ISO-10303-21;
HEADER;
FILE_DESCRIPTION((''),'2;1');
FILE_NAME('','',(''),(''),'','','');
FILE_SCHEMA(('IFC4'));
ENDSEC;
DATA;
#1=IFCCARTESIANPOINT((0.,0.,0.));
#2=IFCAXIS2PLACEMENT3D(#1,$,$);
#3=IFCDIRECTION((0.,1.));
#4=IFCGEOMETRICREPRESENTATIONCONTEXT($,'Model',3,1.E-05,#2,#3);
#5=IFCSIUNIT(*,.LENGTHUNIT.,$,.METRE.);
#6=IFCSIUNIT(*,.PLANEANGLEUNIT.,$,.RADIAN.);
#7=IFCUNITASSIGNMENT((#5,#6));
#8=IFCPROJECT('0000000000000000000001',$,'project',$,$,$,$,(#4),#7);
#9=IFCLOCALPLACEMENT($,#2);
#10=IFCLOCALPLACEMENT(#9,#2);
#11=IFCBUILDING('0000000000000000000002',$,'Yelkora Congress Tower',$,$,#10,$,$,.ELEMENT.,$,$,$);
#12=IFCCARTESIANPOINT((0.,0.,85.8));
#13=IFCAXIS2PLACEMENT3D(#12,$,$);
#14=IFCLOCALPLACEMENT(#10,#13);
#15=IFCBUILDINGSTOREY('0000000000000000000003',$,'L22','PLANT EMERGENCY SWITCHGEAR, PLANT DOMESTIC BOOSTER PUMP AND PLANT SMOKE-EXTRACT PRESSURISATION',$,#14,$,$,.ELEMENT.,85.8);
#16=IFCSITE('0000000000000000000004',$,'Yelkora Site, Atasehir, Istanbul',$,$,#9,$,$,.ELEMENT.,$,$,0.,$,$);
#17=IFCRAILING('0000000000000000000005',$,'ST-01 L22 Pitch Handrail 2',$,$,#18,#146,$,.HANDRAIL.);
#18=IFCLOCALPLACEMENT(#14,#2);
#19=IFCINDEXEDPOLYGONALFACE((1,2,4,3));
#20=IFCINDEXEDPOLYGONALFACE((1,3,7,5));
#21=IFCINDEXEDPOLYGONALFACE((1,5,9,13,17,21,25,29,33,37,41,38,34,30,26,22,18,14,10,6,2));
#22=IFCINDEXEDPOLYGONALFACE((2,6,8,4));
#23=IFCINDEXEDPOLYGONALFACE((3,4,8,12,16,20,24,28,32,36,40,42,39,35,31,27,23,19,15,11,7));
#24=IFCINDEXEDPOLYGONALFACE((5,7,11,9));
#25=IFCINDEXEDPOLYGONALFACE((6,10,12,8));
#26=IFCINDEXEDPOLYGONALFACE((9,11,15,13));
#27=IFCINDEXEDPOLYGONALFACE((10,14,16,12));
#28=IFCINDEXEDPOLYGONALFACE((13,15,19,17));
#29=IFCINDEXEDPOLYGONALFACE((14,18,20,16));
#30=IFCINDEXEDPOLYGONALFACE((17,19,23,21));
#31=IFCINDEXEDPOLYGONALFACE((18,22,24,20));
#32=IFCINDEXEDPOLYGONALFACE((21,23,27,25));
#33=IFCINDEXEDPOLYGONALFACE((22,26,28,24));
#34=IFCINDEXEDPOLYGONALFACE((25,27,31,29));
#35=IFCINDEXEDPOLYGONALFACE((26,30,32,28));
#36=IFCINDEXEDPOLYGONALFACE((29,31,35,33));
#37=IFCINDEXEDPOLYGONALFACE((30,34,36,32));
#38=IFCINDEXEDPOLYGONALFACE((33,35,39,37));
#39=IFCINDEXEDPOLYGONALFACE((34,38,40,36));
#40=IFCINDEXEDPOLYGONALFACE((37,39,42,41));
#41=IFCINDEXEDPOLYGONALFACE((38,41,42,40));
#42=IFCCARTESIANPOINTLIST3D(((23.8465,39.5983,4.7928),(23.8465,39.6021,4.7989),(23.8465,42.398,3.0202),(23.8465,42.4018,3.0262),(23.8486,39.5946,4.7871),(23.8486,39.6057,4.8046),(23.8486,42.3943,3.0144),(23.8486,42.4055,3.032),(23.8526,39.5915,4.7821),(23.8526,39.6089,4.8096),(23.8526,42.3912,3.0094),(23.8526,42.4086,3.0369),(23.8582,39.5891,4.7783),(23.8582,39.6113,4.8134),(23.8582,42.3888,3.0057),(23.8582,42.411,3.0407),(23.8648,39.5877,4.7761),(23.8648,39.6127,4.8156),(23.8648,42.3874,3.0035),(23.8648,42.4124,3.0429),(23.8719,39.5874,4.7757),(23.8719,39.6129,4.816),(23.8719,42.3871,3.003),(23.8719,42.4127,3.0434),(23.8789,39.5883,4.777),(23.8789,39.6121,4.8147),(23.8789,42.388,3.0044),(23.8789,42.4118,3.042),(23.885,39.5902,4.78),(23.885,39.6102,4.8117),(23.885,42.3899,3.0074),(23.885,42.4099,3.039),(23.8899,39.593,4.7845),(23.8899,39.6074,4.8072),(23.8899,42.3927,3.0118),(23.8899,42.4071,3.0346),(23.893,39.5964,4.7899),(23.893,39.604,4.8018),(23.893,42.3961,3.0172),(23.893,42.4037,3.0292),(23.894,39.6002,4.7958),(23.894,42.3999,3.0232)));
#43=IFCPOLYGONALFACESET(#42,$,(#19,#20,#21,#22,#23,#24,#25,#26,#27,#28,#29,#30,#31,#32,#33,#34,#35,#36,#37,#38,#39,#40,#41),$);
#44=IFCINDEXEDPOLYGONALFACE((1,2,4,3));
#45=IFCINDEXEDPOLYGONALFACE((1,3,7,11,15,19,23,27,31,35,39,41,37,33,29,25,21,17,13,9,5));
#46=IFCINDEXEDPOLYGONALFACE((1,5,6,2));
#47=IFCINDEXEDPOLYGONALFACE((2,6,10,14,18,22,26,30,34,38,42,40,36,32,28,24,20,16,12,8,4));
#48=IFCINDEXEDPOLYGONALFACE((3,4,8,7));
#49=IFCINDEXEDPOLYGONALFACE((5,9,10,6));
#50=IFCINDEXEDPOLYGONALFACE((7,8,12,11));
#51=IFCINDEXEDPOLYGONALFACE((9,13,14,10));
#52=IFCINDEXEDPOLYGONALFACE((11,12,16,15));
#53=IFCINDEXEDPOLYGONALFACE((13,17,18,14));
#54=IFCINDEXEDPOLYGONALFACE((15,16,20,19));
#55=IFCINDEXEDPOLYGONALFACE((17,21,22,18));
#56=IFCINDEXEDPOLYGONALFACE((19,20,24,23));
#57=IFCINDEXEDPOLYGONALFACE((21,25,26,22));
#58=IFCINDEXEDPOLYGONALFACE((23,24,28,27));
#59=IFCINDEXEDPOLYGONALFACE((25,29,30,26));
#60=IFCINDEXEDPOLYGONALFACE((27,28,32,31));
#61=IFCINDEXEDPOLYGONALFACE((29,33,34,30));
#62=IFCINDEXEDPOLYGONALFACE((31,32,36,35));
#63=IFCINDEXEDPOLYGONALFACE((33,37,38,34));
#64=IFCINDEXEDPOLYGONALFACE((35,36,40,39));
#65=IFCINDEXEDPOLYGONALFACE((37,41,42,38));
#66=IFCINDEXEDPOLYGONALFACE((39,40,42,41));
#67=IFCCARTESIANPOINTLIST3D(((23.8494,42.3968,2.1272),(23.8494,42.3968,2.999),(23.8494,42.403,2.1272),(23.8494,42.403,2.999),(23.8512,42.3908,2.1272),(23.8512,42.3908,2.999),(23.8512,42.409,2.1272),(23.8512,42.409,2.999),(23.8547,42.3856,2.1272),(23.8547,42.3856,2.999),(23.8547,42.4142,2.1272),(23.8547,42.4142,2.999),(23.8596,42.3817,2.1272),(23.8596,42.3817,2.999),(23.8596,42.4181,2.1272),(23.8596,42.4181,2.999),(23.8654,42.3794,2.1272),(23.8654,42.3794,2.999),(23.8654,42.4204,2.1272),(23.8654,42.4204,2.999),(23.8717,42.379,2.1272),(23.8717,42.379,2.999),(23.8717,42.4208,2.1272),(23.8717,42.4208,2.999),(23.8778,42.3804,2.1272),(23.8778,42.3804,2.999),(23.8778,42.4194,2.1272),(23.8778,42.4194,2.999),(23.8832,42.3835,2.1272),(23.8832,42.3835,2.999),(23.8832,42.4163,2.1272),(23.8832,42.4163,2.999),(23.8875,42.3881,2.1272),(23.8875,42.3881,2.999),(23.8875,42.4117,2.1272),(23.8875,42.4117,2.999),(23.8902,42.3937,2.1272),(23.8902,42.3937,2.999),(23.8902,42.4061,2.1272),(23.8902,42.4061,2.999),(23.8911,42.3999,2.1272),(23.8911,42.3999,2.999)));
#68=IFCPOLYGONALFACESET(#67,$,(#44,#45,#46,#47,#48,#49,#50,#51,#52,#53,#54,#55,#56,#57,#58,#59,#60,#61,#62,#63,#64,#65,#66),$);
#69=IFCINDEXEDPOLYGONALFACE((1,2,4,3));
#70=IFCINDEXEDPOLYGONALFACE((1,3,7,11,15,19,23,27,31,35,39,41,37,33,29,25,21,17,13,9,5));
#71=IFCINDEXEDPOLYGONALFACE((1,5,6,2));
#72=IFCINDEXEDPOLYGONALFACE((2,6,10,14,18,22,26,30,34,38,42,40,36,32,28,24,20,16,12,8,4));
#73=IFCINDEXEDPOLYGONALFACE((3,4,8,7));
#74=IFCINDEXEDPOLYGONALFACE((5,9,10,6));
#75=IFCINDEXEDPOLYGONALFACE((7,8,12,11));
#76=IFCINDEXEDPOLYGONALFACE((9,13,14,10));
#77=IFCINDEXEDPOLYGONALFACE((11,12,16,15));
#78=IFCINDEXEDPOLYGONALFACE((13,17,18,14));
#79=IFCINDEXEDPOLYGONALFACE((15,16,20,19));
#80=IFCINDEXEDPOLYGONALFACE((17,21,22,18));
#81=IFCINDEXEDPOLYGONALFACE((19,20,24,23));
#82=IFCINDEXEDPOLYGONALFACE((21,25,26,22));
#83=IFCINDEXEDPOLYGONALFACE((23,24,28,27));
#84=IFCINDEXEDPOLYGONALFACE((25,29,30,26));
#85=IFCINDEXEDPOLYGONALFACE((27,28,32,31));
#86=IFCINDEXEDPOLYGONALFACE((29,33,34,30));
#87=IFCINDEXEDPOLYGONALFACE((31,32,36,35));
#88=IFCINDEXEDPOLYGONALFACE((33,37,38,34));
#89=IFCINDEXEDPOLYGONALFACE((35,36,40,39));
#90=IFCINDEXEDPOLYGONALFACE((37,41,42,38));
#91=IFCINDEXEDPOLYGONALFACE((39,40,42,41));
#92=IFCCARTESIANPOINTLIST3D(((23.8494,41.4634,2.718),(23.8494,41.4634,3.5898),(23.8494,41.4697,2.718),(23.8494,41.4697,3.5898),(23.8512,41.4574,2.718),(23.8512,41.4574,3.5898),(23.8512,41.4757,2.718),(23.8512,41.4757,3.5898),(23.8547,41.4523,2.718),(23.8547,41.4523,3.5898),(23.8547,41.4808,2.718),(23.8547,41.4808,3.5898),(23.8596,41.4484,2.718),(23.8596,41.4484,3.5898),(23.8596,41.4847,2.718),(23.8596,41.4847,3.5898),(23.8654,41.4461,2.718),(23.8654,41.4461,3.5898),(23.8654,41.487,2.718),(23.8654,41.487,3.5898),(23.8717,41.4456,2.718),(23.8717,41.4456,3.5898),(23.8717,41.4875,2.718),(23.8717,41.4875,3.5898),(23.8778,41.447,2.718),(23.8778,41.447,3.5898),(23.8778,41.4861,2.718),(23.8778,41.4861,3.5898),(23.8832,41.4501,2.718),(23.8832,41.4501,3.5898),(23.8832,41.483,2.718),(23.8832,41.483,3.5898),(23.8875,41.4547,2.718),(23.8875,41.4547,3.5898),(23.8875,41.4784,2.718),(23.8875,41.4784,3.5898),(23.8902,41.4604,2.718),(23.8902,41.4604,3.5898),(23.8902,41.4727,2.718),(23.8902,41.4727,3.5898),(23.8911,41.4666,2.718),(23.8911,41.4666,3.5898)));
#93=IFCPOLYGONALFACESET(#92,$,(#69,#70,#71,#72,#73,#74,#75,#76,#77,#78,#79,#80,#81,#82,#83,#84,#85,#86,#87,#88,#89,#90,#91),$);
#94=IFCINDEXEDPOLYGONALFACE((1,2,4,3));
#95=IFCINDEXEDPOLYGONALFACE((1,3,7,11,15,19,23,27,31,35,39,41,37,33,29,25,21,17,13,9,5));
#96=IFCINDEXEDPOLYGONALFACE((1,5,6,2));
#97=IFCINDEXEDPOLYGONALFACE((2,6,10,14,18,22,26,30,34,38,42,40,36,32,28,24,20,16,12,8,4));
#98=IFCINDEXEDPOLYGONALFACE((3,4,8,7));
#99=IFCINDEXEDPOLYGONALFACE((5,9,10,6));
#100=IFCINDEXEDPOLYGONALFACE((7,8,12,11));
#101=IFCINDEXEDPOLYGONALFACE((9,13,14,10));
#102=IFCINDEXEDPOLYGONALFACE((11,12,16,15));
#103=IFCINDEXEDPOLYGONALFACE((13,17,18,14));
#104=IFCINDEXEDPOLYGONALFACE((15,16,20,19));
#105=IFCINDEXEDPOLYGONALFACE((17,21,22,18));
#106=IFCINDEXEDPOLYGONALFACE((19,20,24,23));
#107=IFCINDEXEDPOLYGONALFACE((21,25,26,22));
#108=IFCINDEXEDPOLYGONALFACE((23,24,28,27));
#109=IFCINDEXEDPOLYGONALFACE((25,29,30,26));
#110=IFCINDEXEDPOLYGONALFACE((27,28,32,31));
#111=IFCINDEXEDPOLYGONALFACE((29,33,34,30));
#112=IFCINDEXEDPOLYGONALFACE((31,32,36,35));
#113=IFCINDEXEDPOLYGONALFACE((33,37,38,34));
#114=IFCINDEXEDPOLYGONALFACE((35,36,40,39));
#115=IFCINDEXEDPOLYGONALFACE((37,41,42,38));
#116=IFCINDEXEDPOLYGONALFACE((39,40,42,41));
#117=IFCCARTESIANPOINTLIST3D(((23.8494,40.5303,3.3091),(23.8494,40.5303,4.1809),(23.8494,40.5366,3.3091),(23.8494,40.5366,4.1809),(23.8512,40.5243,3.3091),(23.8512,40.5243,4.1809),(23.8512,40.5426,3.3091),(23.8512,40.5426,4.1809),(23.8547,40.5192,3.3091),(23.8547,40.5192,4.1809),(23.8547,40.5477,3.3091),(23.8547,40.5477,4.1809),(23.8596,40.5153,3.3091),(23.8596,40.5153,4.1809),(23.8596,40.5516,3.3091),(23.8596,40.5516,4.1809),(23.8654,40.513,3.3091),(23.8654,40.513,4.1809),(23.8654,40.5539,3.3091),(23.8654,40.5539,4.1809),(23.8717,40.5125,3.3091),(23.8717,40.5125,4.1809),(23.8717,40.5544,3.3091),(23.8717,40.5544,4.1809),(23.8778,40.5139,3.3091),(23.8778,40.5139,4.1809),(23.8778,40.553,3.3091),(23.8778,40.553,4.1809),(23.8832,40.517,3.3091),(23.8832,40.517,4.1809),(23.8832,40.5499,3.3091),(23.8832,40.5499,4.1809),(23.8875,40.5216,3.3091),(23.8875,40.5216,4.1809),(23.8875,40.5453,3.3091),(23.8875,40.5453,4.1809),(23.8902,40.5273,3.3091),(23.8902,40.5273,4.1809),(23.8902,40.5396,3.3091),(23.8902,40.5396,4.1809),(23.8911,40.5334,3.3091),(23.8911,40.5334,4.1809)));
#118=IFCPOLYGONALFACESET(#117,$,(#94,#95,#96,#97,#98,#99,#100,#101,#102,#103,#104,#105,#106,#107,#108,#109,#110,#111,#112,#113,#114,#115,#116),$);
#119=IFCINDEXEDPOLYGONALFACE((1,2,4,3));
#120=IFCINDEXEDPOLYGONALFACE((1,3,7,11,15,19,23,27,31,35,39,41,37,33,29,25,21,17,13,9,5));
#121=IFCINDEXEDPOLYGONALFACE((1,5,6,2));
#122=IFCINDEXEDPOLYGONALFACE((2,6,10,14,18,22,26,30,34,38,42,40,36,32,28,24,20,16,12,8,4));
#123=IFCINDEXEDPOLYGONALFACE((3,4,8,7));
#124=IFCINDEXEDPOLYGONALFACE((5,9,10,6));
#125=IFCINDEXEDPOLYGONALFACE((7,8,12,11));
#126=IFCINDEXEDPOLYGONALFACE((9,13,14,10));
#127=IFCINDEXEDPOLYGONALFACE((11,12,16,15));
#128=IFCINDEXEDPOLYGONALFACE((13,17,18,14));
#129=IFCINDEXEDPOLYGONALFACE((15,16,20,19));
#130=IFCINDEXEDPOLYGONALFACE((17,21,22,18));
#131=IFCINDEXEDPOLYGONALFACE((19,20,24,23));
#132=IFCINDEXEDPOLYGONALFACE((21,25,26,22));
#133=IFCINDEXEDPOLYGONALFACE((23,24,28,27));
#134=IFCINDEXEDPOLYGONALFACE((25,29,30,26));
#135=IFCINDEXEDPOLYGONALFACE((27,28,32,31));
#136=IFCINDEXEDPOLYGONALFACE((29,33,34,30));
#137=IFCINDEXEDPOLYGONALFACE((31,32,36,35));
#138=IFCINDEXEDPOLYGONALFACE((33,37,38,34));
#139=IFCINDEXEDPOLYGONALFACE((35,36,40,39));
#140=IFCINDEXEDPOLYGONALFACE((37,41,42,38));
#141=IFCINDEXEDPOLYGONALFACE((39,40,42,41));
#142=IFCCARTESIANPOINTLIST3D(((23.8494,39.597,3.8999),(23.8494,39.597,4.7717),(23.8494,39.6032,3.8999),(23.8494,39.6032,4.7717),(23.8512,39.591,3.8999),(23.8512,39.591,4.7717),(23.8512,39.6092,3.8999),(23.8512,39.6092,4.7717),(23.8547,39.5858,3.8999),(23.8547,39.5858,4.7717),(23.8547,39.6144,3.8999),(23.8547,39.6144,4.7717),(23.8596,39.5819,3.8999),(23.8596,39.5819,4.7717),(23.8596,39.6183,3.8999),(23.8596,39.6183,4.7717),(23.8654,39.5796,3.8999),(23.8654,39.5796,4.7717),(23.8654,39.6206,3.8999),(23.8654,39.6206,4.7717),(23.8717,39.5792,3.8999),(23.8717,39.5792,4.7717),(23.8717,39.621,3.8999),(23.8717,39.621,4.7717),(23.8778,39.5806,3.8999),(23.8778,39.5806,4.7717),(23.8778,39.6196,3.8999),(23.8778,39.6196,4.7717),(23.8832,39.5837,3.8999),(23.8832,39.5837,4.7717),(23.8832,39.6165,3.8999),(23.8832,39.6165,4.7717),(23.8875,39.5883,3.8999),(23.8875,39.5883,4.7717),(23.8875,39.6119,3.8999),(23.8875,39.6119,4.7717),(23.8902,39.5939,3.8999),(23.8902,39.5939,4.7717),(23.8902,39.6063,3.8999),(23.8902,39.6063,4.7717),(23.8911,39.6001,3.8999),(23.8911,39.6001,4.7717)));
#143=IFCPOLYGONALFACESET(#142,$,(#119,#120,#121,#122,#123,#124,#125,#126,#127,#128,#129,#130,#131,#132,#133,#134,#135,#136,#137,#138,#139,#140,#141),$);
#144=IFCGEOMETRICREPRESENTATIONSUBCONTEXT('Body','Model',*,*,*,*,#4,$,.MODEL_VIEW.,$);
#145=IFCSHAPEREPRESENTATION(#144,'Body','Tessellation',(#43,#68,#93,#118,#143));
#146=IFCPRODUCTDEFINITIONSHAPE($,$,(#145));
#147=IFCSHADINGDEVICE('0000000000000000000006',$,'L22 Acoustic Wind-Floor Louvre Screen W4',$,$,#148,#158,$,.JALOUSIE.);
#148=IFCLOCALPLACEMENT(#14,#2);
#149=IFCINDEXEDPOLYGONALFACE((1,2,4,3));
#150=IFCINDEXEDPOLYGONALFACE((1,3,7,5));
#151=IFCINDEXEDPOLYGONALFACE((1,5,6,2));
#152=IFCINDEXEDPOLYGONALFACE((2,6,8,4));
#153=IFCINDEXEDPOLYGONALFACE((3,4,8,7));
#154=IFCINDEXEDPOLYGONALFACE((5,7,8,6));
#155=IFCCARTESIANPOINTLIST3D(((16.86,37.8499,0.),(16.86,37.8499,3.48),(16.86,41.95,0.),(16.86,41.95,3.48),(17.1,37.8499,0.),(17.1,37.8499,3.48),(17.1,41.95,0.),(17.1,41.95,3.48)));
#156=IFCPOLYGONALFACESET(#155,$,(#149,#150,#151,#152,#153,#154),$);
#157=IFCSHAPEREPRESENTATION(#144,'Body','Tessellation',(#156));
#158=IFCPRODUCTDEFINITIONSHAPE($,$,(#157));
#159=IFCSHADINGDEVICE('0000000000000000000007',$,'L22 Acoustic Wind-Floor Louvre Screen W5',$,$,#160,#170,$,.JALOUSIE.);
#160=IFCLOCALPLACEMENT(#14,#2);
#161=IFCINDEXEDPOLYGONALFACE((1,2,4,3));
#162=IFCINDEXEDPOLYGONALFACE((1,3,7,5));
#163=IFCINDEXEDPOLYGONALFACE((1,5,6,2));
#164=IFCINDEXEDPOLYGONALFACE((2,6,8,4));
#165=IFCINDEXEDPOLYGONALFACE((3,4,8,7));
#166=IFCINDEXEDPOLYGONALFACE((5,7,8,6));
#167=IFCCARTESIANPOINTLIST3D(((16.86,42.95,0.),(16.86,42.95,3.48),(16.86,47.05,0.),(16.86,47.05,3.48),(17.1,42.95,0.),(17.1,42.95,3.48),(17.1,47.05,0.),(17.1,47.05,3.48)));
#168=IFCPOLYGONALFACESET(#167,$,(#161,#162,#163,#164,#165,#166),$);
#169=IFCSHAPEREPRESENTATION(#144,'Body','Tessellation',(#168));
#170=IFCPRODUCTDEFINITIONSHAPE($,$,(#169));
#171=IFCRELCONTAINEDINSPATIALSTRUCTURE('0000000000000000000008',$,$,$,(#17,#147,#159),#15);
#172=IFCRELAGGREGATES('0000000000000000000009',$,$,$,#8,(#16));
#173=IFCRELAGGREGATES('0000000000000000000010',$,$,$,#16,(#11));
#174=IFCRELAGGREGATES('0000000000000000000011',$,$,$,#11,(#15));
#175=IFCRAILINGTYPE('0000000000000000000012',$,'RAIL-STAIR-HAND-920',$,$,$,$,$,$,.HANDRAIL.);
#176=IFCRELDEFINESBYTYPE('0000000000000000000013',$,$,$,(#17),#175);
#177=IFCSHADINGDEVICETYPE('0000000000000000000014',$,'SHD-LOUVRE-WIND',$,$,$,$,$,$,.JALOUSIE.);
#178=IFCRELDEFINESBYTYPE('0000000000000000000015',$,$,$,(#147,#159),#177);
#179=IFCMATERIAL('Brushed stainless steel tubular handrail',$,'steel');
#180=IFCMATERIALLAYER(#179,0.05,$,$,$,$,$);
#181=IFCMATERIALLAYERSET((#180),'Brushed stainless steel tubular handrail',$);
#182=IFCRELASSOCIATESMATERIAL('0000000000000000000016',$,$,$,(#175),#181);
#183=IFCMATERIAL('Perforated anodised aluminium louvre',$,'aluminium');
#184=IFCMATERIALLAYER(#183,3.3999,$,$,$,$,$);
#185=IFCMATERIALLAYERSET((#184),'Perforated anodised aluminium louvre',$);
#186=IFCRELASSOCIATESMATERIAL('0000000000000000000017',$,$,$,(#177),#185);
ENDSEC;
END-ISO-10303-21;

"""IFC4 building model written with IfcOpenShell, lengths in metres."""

from ifc_helpers import new_model, si_unit, direction, frame, origin, origin_2d, place, context, subcontext, project, spatial, rectangle, circle, extrude, material, layer, layer_set, type_object, element, save


model = new_model("IFC4")

# Units and contexts
model_context = context("Model", 3, precision=1e-05, world=origin(), true_north=direction((0.0, 1.0)))
body_context = subcontext(model_context, "Body", "Model", "MODEL_VIEW")
ifc_project = project(units=[si_unit("LENGTHUNIT", "METRE"), si_unit("PLANEANGLEUNIT", "RADIAN")], contexts=[model_context])

# Site, building, storey
site_placement = place(None, origin())
site = spatial("IfcSite", under=ifc_project, at=site_placement, Name="Yelkora Site, Atasehir, Istanbul", CompositionType="ELEMENT", RefElevation=0.0)
building_placement = place(site_placement, origin())
building = spatial("IfcBuilding", under=site, at=building_placement, Name="Yelkora Congress Tower", CompositionType="ELEMENT")
storey_placement = place(building_placement, frame((0.0, 0.0, 85.8)))
storey = spatial("IfcBuildingStorey", under=building, at=storey_placement, Name="L22", Description="PLANT EMERGENCY SWITCHGEAR, PLANT DOMESTIC BOOSTER PUMP AND PLANT SMOKE-EXTRACT PRESSURISATION", CompositionType="ELEMENT", Elevation=85.8)

# Railing
ifc_material_1 = material(Name="Brushed stainless steel tubular handrail", Category="steel")
ifc_layer_1 = layer(ifc_material_1, 0.05)
ifc_layer_set_1 = layer_set([ifc_layer_1], Name="Brushed stainless steel tubular handrail")
railing_type_1 = type_object("IfcRailingType", Name="RAIL-STAIR-HAND-920", PredefinedType="HANDRAIL", material=ifc_layer_set_1)
railing_1_placement = place(storey_placement, frame((23.8701, 42.3999, 2.1272)))
element("IfcRailing", 1, at=railing_1_placement, inside=storey, type_object=railing_type_1, Name="ST-01 L22 Pitch Handrail 2", PredefinedType="HANDRAIL", context=body_context, shape_type="SweptSolid", body=[
    extrude(circle(Radius=0.0239, at=origin_2d()), frame((0.0, 0.0, 0.896), z_axis=(0.0, -0.844888, 0.534943), x_axis=(1.0, 0.0, 0.0)), (0.0, 0.0, 1.0), 3.3137),
    extrude(circle(Radius=0.021, at=origin_2d()), origin(), (0.0, 0.0, 1.0), 0.8718),
    extrude(circle(Radius=0.021, at=origin_2d()), frame((0.0, -0.9333, 0.5908)), (0.0, 0.0, 1.0), 0.8718),
    extrude(circle(Radius=0.021, at=origin_2d()), frame((0.0, -1.8665, 1.1819)), (0.0, 0.0, 1.0), 0.8718),
    extrude(circle(Radius=0.021, at=origin_2d()), frame((0.0, -2.7998, 1.7727)), (0.0, 0.0, 1.0), 0.8718),
])

# Shading devices
ifc_material_2 = material(Name="Perforated anodised aluminium louvre", Category="aluminium")
ifc_layer_2 = layer(ifc_material_2, 3.3999)
ifc_layer_set_2 = layer_set([ifc_layer_2], Name="Perforated anodised aluminium louvre")
shading_device_type = type_object("IfcShadingDeviceType", Name="SHD-LOUVRE-WIND", PredefinedType="JALOUSIE", material=ifc_layer_set_2)
for number, where, z_axis, x_axis, name in (
    (2, (16.98, 39.8999, 0.0), (0.0, 0.0, 1.0), (1.0, 0.0, 0.0), "L22 Acoustic Wind-Floor Louvre Screen W4"),
    (3, (16.98, 45.0, 0.0), (0.0, 0.0, 1.0), (1.0, 0.0, 0.0), "L22 Acoustic Wind-Floor Louvre Screen W5"),
):
    element("IfcShadingDevice", number, at=place(storey_placement, frame(where, z_axis=z_axis, x_axis=x_axis)), inside=storey, type_object=shading_device_type, Name=name, PredefinedType="JALOUSIE", context=body_context, shape_type="SweptSolid", body=[
        extrude(rectangle(XDim=0.24, YDim=4.1001, at=origin_2d()), origin(), (0.0, 0.0, 1.0), 3.48),
    ])

save(model, "model.ifc")
